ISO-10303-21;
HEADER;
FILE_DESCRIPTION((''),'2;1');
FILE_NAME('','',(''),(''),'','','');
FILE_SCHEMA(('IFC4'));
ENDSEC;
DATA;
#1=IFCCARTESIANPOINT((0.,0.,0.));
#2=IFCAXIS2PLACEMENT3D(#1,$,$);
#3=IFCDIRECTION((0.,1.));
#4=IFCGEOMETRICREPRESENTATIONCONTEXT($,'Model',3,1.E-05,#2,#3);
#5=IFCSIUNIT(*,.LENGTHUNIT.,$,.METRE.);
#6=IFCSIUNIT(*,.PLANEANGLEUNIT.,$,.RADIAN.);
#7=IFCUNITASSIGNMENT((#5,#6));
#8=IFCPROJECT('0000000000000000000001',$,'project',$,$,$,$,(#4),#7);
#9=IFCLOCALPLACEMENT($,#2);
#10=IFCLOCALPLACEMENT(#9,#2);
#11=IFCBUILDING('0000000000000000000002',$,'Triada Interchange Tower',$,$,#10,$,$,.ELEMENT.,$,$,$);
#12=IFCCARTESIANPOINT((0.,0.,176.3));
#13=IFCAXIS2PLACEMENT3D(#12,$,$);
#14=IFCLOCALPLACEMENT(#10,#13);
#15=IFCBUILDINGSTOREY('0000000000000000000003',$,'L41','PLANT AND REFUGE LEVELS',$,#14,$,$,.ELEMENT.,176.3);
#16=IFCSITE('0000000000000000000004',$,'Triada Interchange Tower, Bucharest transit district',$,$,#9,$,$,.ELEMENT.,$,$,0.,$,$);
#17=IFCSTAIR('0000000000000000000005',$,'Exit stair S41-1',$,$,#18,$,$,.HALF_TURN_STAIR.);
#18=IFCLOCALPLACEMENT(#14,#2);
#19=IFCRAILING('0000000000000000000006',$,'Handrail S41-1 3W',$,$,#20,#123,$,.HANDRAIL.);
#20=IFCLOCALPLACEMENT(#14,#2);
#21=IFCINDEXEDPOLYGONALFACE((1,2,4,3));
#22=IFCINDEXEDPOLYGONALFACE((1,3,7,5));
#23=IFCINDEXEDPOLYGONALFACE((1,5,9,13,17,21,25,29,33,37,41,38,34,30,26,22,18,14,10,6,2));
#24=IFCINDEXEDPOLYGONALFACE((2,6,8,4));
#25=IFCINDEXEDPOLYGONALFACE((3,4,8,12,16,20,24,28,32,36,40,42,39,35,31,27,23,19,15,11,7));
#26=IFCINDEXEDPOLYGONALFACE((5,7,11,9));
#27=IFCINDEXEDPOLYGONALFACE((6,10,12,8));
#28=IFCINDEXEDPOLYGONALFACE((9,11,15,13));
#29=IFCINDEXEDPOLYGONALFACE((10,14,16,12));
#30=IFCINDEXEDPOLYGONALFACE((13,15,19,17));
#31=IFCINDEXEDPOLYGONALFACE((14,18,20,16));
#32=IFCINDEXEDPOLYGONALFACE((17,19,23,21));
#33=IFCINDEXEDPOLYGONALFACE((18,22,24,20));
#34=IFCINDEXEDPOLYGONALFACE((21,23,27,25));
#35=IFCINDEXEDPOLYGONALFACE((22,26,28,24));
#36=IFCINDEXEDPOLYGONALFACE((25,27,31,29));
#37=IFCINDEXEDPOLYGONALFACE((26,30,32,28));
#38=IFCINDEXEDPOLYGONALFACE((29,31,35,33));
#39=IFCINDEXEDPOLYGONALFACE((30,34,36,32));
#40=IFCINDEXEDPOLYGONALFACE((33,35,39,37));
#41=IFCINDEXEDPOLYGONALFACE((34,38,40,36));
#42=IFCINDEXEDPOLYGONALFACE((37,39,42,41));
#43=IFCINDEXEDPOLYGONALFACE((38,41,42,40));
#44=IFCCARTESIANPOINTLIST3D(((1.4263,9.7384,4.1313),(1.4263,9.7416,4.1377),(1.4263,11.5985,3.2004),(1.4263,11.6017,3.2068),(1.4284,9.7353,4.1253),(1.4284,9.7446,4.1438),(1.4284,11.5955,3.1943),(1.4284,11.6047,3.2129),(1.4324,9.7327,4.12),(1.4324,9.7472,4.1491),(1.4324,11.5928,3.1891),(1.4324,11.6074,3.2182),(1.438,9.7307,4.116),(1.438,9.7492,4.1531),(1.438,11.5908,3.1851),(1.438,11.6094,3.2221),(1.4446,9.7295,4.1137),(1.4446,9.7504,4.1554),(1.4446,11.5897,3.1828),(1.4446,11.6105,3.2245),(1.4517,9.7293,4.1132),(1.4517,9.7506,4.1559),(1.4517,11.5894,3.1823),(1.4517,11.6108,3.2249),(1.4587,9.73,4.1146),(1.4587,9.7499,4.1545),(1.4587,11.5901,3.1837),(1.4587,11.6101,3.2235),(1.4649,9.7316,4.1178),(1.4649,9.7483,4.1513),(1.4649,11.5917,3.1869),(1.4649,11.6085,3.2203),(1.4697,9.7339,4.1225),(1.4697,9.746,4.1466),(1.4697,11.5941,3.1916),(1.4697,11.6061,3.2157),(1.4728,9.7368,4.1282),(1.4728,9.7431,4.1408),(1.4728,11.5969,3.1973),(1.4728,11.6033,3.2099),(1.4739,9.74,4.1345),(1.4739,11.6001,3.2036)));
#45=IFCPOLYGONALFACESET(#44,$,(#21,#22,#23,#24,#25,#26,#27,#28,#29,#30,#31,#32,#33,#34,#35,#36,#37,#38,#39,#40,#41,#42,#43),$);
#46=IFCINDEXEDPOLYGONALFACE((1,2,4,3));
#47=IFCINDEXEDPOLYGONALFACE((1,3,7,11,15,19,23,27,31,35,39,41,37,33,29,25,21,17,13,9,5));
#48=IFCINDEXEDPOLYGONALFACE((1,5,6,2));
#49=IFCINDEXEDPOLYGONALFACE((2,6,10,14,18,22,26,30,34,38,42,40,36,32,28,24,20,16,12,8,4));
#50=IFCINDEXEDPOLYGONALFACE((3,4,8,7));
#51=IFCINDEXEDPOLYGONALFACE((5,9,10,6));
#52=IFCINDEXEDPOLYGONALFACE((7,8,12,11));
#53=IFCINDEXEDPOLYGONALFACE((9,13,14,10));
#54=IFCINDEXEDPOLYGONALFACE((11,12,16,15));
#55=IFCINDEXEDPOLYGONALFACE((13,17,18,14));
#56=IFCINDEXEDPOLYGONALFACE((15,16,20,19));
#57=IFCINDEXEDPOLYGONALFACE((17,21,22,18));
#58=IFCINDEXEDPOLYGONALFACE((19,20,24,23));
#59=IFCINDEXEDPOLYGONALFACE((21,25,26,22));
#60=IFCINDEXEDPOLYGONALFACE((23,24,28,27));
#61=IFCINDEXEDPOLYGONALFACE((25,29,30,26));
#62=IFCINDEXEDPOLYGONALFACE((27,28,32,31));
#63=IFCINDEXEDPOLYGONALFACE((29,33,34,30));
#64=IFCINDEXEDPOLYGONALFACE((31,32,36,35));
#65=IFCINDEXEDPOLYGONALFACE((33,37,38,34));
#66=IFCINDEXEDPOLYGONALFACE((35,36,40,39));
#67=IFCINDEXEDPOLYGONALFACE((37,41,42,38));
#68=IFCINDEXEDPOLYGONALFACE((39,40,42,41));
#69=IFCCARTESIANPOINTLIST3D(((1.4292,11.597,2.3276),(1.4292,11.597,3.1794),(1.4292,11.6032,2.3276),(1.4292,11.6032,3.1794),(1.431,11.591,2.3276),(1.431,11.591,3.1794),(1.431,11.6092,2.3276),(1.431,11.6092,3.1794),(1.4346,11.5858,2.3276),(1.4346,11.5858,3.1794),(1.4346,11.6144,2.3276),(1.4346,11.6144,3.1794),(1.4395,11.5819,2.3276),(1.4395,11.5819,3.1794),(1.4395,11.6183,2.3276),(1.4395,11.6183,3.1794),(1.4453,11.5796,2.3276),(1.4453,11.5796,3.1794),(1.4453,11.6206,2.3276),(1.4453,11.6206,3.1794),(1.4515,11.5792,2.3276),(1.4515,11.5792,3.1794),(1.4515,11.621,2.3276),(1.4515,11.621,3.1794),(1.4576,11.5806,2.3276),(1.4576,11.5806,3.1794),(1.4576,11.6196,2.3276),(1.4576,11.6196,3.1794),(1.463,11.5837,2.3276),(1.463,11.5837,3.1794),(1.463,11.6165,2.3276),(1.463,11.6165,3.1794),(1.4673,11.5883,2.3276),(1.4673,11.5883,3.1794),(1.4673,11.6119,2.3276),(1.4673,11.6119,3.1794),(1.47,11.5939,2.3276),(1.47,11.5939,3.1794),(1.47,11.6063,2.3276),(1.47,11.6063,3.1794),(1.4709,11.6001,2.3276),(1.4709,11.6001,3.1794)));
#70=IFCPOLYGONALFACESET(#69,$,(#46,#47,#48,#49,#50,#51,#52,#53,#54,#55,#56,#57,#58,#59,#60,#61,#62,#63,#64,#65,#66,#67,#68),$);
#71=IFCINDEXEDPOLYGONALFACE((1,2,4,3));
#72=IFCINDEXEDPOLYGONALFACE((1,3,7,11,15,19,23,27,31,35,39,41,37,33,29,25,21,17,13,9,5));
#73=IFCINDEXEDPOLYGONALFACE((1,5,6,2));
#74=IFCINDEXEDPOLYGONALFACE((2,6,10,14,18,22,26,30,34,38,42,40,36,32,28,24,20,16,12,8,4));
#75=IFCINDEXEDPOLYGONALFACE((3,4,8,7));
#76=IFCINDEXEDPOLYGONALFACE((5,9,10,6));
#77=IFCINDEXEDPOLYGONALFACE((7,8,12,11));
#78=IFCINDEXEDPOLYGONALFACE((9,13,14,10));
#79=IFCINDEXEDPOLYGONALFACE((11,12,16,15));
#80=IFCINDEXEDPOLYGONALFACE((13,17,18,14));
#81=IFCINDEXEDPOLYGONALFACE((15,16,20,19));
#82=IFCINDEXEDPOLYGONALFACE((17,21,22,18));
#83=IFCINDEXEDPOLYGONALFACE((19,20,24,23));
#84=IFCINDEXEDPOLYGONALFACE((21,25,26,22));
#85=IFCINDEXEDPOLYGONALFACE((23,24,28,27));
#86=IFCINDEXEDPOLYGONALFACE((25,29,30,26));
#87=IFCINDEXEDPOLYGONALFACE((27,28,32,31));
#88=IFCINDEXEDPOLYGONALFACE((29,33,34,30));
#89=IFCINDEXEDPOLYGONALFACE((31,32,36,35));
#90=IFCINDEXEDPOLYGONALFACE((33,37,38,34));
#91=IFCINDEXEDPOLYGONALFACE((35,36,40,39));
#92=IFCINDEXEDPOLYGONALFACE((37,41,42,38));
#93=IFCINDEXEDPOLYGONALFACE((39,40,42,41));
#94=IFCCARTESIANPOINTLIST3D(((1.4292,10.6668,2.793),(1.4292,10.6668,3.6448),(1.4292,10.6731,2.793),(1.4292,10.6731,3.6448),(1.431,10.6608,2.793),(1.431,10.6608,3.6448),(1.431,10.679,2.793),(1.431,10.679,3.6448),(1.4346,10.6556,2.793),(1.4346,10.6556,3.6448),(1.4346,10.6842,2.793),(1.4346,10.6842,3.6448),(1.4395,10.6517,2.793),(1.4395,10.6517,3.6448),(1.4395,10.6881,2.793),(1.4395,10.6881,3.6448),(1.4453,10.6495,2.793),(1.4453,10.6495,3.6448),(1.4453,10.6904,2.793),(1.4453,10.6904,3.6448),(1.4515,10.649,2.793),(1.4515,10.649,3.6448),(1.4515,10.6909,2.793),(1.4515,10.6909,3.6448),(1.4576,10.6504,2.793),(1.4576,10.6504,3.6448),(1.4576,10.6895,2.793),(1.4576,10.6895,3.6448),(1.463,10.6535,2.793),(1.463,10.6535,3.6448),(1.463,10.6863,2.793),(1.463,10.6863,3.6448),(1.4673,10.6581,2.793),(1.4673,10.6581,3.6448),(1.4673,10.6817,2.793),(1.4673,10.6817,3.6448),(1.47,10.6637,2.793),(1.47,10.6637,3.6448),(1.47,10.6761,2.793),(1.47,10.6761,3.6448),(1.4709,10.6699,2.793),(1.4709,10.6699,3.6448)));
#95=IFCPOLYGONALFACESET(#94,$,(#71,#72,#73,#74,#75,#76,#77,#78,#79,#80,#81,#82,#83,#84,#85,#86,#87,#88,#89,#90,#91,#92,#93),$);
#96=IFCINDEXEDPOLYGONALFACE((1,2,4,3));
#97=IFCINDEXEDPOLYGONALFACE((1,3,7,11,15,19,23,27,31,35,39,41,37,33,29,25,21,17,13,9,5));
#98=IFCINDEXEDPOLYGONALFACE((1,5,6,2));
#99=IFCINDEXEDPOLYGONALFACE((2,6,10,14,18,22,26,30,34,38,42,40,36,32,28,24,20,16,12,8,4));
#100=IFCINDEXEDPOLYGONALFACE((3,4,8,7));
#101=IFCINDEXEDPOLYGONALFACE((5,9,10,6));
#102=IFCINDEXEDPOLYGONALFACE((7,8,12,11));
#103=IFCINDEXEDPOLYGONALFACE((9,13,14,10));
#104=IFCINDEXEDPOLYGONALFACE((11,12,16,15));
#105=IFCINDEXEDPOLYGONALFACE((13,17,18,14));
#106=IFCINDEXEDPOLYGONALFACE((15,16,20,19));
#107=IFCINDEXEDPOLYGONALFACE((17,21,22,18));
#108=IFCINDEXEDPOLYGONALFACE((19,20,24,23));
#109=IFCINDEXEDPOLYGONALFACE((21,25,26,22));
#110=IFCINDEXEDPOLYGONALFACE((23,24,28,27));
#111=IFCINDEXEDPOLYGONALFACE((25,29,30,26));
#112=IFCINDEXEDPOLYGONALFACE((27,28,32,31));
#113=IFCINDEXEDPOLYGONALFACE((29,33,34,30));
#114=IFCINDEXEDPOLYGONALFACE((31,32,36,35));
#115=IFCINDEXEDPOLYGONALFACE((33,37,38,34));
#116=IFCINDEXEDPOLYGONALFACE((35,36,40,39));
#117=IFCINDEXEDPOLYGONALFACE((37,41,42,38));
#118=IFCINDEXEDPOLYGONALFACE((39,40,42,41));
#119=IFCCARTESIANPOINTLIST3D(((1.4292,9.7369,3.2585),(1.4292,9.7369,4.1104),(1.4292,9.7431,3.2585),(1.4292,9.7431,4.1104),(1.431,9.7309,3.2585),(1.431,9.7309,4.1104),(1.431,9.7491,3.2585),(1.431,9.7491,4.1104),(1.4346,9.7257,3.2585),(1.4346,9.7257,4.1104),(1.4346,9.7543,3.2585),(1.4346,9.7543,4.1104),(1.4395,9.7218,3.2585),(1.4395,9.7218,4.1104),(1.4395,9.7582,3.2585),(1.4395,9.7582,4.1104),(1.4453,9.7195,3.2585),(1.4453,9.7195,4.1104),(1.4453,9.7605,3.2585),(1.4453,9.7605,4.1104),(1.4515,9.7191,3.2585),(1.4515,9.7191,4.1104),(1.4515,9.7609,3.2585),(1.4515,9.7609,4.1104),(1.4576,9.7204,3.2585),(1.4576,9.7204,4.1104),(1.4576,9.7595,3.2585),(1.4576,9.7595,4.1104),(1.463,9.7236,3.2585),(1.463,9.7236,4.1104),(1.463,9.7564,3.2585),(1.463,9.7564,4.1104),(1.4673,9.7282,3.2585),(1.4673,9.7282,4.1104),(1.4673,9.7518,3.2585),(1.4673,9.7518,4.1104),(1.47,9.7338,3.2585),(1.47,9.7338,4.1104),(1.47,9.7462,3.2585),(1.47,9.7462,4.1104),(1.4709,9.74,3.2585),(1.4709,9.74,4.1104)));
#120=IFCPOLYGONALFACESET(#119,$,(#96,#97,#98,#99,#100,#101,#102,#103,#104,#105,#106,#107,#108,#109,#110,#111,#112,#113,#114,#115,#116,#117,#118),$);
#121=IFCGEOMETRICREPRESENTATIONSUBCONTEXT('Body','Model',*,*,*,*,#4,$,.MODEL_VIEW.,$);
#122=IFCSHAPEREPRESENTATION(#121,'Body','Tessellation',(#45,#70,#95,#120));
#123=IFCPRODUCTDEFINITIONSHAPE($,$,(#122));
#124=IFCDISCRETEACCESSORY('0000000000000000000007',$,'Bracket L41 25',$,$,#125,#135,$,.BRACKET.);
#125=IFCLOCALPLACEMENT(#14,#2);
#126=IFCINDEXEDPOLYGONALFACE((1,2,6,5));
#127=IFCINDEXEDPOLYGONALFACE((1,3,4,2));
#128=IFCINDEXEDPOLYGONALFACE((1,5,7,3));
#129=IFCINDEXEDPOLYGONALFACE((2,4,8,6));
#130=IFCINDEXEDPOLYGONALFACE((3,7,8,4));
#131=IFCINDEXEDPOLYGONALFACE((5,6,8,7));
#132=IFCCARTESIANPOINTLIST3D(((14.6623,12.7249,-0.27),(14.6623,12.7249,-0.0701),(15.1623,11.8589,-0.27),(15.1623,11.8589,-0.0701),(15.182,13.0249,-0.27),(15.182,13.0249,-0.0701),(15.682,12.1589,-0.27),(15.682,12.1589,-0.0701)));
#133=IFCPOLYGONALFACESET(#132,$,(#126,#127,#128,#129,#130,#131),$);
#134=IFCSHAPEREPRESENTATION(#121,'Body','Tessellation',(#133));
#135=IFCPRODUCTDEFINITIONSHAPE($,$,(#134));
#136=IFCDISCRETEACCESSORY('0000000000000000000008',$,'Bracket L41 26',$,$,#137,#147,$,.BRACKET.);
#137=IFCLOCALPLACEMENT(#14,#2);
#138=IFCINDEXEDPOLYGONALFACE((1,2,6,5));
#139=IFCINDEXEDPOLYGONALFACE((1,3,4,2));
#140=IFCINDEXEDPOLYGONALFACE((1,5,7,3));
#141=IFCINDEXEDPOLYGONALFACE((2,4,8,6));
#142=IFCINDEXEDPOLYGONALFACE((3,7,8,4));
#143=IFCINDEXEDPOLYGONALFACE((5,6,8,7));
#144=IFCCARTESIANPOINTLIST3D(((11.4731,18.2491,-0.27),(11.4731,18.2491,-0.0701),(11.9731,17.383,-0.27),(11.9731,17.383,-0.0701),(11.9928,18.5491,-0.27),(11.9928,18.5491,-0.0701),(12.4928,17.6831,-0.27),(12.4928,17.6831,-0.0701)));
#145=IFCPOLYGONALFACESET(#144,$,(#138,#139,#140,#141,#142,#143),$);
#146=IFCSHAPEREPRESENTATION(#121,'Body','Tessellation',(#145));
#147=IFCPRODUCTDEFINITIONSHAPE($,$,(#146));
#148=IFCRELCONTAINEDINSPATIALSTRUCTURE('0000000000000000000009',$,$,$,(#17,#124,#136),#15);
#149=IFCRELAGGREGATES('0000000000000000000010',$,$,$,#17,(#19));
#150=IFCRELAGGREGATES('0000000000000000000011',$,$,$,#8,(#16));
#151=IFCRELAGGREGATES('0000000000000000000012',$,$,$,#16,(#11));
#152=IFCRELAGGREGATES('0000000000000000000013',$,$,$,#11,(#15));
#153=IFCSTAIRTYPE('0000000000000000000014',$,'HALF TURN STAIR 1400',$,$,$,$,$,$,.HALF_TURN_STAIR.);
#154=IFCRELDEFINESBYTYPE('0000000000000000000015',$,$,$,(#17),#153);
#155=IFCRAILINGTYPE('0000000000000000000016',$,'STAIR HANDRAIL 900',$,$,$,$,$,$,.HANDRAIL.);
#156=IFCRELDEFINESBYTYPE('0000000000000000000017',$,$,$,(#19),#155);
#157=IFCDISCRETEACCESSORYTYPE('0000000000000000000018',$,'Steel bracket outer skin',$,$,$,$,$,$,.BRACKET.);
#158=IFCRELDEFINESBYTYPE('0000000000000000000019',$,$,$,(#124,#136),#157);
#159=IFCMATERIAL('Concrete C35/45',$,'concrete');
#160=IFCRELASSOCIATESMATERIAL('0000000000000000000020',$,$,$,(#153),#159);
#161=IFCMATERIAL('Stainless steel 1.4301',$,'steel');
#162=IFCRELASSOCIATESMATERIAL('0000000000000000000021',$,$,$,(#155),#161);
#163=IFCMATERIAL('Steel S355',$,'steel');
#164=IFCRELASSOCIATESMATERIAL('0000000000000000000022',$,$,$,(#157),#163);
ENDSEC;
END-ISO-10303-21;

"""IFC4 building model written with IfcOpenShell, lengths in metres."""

from ifc_helpers import new_model, si_unit, direction, frame, origin, origin_2d, place, context, subcontext, project, spatial, rectangle, circle, extrude, material, type_object, element, aggregate, save


model = new_model("IFC4")

# Units and contexts
model_context = context("Model", 3, precision=1e-05, world=origin(), true_north=direction((0.0, 1.0)))
body_context = subcontext(model_context, "Body", "Model", "MODEL_VIEW")
ifc_project = project(units=[si_unit("LENGTHUNIT", "METRE"), si_unit("PLANEANGLEUNIT", "RADIAN")], contexts=[model_context])

# Site, building, storey
site_placement = place(None, origin())
site = spatial("IfcSite", under=ifc_project, at=site_placement, Name="Triada Interchange Tower, Bucharest transit district", CompositionType="ELEMENT", RefElevation=0.0)
building_placement = place(site_placement, origin())
building = spatial("IfcBuilding", under=site, at=building_placement, Name="Triada Interchange Tower", CompositionType="ELEMENT")
storey_placement = place(building_placement, frame((0.0, 0.0, 176.3)))
storey = spatial("IfcBuildingStorey", under=building, at=storey_placement, Name="L41", Description="PLANT AND REFUGE LEVELS", CompositionType="ELEMENT", Elevation=176.3)

# Shared definitions
ifc_material_1 = material(Name="Steel S355", Category="steel")

# Shared definitions
ifc_material_2 = material(Name="Concrete C35/45", Category="concrete")

# Stair, railing
stair_type = type_object("IfcStairType", Name="HALF TURN STAIR 1400", PredefinedType="HALF_TURN_STAIR", material=ifc_material_2)
stair_placement = place(storey_placement, origin())
stair = element("IfcStair", 1, at=stair_placement, inside=storey, type_object=stair_type, Name="Exit stair S41-1", PredefinedType="HALF_TURN_STAIR")
ifc_material_3 = material(Name="Stainless steel 1.4301", Category="steel")
railing_type_1 = type_object("IfcRailingType", Name="STAIR HANDRAIL 900", PredefinedType="HANDRAIL", material=ifc_material_3)
railing_1_placement = place(storey_placement, frame((1.45, 11.6001, 2.3276)))
railing_1 = element("IfcRailing", 2, at=railing_1_placement, type_object=railing_type_1, Name="Handrail S41-1 3W", PredefinedType="HANDRAIL", context=body_context, shape_type="SweptSolid", body=[
    extrude(circle(Radius=0.0239, at=origin_2d()), frame((0.0, 0.0, 0.876), z_axis=(0.0, -0.894263, 0.447542), x_axis=(1.0, 0.0, 0.0)), (0.0, 0.0, 1.0), 2.0801),
    extrude(circle(Radius=0.021, at=origin_2d()), origin(), (0.0, 0.0, 1.0), 0.8518),
    extrude(circle(Radius=0.021, at=origin_2d()), frame((0.0, -0.9302, 0.4653)), (0.0, 0.0, 1.0), 0.8518),
    extrude(circle(Radius=0.021, at=origin_2d()), frame((0.0, -1.8601, 0.9309)), (0.0, 0.0, 1.0), 0.8518),
])
aggregate(stair, [railing_1])

# Discrete accessories
discrete_accessory_type = type_object("IfcDiscreteAccessoryType", Name="Steel bracket outer skin", PredefinedType="BRACKET", material=ifc_material_1)
for number, where, z_axis, x_axis, name in (
    (3, (15.1721, 12.4419, -0.27), (0.0, 0.0, 1.0), (0.86603, 0.499993, 0.0), "Bracket L41 25"),
    (4, (11.9829, 17.9661, -0.27), (0.0, 0.0, 1.0), (0.86603, 0.499993, 0.0), "Bracket L41 26"),
):
    element("IfcDiscreteAccessory", number, at=place(storey_placement, frame(where, z_axis=z_axis, x_axis=x_axis)), inside=storey, type_object=discrete_accessory_type, Name=name, PredefinedType="BRACKET", context=body_context, shape_type="SweptSolid", body=[
        extrude(rectangle(XDim=0.6001, YDim=1.0, at=origin_2d()), origin(), (0.0, 0.0, 1.0), 0.2),
    ])

save(model, "model.ifc")
